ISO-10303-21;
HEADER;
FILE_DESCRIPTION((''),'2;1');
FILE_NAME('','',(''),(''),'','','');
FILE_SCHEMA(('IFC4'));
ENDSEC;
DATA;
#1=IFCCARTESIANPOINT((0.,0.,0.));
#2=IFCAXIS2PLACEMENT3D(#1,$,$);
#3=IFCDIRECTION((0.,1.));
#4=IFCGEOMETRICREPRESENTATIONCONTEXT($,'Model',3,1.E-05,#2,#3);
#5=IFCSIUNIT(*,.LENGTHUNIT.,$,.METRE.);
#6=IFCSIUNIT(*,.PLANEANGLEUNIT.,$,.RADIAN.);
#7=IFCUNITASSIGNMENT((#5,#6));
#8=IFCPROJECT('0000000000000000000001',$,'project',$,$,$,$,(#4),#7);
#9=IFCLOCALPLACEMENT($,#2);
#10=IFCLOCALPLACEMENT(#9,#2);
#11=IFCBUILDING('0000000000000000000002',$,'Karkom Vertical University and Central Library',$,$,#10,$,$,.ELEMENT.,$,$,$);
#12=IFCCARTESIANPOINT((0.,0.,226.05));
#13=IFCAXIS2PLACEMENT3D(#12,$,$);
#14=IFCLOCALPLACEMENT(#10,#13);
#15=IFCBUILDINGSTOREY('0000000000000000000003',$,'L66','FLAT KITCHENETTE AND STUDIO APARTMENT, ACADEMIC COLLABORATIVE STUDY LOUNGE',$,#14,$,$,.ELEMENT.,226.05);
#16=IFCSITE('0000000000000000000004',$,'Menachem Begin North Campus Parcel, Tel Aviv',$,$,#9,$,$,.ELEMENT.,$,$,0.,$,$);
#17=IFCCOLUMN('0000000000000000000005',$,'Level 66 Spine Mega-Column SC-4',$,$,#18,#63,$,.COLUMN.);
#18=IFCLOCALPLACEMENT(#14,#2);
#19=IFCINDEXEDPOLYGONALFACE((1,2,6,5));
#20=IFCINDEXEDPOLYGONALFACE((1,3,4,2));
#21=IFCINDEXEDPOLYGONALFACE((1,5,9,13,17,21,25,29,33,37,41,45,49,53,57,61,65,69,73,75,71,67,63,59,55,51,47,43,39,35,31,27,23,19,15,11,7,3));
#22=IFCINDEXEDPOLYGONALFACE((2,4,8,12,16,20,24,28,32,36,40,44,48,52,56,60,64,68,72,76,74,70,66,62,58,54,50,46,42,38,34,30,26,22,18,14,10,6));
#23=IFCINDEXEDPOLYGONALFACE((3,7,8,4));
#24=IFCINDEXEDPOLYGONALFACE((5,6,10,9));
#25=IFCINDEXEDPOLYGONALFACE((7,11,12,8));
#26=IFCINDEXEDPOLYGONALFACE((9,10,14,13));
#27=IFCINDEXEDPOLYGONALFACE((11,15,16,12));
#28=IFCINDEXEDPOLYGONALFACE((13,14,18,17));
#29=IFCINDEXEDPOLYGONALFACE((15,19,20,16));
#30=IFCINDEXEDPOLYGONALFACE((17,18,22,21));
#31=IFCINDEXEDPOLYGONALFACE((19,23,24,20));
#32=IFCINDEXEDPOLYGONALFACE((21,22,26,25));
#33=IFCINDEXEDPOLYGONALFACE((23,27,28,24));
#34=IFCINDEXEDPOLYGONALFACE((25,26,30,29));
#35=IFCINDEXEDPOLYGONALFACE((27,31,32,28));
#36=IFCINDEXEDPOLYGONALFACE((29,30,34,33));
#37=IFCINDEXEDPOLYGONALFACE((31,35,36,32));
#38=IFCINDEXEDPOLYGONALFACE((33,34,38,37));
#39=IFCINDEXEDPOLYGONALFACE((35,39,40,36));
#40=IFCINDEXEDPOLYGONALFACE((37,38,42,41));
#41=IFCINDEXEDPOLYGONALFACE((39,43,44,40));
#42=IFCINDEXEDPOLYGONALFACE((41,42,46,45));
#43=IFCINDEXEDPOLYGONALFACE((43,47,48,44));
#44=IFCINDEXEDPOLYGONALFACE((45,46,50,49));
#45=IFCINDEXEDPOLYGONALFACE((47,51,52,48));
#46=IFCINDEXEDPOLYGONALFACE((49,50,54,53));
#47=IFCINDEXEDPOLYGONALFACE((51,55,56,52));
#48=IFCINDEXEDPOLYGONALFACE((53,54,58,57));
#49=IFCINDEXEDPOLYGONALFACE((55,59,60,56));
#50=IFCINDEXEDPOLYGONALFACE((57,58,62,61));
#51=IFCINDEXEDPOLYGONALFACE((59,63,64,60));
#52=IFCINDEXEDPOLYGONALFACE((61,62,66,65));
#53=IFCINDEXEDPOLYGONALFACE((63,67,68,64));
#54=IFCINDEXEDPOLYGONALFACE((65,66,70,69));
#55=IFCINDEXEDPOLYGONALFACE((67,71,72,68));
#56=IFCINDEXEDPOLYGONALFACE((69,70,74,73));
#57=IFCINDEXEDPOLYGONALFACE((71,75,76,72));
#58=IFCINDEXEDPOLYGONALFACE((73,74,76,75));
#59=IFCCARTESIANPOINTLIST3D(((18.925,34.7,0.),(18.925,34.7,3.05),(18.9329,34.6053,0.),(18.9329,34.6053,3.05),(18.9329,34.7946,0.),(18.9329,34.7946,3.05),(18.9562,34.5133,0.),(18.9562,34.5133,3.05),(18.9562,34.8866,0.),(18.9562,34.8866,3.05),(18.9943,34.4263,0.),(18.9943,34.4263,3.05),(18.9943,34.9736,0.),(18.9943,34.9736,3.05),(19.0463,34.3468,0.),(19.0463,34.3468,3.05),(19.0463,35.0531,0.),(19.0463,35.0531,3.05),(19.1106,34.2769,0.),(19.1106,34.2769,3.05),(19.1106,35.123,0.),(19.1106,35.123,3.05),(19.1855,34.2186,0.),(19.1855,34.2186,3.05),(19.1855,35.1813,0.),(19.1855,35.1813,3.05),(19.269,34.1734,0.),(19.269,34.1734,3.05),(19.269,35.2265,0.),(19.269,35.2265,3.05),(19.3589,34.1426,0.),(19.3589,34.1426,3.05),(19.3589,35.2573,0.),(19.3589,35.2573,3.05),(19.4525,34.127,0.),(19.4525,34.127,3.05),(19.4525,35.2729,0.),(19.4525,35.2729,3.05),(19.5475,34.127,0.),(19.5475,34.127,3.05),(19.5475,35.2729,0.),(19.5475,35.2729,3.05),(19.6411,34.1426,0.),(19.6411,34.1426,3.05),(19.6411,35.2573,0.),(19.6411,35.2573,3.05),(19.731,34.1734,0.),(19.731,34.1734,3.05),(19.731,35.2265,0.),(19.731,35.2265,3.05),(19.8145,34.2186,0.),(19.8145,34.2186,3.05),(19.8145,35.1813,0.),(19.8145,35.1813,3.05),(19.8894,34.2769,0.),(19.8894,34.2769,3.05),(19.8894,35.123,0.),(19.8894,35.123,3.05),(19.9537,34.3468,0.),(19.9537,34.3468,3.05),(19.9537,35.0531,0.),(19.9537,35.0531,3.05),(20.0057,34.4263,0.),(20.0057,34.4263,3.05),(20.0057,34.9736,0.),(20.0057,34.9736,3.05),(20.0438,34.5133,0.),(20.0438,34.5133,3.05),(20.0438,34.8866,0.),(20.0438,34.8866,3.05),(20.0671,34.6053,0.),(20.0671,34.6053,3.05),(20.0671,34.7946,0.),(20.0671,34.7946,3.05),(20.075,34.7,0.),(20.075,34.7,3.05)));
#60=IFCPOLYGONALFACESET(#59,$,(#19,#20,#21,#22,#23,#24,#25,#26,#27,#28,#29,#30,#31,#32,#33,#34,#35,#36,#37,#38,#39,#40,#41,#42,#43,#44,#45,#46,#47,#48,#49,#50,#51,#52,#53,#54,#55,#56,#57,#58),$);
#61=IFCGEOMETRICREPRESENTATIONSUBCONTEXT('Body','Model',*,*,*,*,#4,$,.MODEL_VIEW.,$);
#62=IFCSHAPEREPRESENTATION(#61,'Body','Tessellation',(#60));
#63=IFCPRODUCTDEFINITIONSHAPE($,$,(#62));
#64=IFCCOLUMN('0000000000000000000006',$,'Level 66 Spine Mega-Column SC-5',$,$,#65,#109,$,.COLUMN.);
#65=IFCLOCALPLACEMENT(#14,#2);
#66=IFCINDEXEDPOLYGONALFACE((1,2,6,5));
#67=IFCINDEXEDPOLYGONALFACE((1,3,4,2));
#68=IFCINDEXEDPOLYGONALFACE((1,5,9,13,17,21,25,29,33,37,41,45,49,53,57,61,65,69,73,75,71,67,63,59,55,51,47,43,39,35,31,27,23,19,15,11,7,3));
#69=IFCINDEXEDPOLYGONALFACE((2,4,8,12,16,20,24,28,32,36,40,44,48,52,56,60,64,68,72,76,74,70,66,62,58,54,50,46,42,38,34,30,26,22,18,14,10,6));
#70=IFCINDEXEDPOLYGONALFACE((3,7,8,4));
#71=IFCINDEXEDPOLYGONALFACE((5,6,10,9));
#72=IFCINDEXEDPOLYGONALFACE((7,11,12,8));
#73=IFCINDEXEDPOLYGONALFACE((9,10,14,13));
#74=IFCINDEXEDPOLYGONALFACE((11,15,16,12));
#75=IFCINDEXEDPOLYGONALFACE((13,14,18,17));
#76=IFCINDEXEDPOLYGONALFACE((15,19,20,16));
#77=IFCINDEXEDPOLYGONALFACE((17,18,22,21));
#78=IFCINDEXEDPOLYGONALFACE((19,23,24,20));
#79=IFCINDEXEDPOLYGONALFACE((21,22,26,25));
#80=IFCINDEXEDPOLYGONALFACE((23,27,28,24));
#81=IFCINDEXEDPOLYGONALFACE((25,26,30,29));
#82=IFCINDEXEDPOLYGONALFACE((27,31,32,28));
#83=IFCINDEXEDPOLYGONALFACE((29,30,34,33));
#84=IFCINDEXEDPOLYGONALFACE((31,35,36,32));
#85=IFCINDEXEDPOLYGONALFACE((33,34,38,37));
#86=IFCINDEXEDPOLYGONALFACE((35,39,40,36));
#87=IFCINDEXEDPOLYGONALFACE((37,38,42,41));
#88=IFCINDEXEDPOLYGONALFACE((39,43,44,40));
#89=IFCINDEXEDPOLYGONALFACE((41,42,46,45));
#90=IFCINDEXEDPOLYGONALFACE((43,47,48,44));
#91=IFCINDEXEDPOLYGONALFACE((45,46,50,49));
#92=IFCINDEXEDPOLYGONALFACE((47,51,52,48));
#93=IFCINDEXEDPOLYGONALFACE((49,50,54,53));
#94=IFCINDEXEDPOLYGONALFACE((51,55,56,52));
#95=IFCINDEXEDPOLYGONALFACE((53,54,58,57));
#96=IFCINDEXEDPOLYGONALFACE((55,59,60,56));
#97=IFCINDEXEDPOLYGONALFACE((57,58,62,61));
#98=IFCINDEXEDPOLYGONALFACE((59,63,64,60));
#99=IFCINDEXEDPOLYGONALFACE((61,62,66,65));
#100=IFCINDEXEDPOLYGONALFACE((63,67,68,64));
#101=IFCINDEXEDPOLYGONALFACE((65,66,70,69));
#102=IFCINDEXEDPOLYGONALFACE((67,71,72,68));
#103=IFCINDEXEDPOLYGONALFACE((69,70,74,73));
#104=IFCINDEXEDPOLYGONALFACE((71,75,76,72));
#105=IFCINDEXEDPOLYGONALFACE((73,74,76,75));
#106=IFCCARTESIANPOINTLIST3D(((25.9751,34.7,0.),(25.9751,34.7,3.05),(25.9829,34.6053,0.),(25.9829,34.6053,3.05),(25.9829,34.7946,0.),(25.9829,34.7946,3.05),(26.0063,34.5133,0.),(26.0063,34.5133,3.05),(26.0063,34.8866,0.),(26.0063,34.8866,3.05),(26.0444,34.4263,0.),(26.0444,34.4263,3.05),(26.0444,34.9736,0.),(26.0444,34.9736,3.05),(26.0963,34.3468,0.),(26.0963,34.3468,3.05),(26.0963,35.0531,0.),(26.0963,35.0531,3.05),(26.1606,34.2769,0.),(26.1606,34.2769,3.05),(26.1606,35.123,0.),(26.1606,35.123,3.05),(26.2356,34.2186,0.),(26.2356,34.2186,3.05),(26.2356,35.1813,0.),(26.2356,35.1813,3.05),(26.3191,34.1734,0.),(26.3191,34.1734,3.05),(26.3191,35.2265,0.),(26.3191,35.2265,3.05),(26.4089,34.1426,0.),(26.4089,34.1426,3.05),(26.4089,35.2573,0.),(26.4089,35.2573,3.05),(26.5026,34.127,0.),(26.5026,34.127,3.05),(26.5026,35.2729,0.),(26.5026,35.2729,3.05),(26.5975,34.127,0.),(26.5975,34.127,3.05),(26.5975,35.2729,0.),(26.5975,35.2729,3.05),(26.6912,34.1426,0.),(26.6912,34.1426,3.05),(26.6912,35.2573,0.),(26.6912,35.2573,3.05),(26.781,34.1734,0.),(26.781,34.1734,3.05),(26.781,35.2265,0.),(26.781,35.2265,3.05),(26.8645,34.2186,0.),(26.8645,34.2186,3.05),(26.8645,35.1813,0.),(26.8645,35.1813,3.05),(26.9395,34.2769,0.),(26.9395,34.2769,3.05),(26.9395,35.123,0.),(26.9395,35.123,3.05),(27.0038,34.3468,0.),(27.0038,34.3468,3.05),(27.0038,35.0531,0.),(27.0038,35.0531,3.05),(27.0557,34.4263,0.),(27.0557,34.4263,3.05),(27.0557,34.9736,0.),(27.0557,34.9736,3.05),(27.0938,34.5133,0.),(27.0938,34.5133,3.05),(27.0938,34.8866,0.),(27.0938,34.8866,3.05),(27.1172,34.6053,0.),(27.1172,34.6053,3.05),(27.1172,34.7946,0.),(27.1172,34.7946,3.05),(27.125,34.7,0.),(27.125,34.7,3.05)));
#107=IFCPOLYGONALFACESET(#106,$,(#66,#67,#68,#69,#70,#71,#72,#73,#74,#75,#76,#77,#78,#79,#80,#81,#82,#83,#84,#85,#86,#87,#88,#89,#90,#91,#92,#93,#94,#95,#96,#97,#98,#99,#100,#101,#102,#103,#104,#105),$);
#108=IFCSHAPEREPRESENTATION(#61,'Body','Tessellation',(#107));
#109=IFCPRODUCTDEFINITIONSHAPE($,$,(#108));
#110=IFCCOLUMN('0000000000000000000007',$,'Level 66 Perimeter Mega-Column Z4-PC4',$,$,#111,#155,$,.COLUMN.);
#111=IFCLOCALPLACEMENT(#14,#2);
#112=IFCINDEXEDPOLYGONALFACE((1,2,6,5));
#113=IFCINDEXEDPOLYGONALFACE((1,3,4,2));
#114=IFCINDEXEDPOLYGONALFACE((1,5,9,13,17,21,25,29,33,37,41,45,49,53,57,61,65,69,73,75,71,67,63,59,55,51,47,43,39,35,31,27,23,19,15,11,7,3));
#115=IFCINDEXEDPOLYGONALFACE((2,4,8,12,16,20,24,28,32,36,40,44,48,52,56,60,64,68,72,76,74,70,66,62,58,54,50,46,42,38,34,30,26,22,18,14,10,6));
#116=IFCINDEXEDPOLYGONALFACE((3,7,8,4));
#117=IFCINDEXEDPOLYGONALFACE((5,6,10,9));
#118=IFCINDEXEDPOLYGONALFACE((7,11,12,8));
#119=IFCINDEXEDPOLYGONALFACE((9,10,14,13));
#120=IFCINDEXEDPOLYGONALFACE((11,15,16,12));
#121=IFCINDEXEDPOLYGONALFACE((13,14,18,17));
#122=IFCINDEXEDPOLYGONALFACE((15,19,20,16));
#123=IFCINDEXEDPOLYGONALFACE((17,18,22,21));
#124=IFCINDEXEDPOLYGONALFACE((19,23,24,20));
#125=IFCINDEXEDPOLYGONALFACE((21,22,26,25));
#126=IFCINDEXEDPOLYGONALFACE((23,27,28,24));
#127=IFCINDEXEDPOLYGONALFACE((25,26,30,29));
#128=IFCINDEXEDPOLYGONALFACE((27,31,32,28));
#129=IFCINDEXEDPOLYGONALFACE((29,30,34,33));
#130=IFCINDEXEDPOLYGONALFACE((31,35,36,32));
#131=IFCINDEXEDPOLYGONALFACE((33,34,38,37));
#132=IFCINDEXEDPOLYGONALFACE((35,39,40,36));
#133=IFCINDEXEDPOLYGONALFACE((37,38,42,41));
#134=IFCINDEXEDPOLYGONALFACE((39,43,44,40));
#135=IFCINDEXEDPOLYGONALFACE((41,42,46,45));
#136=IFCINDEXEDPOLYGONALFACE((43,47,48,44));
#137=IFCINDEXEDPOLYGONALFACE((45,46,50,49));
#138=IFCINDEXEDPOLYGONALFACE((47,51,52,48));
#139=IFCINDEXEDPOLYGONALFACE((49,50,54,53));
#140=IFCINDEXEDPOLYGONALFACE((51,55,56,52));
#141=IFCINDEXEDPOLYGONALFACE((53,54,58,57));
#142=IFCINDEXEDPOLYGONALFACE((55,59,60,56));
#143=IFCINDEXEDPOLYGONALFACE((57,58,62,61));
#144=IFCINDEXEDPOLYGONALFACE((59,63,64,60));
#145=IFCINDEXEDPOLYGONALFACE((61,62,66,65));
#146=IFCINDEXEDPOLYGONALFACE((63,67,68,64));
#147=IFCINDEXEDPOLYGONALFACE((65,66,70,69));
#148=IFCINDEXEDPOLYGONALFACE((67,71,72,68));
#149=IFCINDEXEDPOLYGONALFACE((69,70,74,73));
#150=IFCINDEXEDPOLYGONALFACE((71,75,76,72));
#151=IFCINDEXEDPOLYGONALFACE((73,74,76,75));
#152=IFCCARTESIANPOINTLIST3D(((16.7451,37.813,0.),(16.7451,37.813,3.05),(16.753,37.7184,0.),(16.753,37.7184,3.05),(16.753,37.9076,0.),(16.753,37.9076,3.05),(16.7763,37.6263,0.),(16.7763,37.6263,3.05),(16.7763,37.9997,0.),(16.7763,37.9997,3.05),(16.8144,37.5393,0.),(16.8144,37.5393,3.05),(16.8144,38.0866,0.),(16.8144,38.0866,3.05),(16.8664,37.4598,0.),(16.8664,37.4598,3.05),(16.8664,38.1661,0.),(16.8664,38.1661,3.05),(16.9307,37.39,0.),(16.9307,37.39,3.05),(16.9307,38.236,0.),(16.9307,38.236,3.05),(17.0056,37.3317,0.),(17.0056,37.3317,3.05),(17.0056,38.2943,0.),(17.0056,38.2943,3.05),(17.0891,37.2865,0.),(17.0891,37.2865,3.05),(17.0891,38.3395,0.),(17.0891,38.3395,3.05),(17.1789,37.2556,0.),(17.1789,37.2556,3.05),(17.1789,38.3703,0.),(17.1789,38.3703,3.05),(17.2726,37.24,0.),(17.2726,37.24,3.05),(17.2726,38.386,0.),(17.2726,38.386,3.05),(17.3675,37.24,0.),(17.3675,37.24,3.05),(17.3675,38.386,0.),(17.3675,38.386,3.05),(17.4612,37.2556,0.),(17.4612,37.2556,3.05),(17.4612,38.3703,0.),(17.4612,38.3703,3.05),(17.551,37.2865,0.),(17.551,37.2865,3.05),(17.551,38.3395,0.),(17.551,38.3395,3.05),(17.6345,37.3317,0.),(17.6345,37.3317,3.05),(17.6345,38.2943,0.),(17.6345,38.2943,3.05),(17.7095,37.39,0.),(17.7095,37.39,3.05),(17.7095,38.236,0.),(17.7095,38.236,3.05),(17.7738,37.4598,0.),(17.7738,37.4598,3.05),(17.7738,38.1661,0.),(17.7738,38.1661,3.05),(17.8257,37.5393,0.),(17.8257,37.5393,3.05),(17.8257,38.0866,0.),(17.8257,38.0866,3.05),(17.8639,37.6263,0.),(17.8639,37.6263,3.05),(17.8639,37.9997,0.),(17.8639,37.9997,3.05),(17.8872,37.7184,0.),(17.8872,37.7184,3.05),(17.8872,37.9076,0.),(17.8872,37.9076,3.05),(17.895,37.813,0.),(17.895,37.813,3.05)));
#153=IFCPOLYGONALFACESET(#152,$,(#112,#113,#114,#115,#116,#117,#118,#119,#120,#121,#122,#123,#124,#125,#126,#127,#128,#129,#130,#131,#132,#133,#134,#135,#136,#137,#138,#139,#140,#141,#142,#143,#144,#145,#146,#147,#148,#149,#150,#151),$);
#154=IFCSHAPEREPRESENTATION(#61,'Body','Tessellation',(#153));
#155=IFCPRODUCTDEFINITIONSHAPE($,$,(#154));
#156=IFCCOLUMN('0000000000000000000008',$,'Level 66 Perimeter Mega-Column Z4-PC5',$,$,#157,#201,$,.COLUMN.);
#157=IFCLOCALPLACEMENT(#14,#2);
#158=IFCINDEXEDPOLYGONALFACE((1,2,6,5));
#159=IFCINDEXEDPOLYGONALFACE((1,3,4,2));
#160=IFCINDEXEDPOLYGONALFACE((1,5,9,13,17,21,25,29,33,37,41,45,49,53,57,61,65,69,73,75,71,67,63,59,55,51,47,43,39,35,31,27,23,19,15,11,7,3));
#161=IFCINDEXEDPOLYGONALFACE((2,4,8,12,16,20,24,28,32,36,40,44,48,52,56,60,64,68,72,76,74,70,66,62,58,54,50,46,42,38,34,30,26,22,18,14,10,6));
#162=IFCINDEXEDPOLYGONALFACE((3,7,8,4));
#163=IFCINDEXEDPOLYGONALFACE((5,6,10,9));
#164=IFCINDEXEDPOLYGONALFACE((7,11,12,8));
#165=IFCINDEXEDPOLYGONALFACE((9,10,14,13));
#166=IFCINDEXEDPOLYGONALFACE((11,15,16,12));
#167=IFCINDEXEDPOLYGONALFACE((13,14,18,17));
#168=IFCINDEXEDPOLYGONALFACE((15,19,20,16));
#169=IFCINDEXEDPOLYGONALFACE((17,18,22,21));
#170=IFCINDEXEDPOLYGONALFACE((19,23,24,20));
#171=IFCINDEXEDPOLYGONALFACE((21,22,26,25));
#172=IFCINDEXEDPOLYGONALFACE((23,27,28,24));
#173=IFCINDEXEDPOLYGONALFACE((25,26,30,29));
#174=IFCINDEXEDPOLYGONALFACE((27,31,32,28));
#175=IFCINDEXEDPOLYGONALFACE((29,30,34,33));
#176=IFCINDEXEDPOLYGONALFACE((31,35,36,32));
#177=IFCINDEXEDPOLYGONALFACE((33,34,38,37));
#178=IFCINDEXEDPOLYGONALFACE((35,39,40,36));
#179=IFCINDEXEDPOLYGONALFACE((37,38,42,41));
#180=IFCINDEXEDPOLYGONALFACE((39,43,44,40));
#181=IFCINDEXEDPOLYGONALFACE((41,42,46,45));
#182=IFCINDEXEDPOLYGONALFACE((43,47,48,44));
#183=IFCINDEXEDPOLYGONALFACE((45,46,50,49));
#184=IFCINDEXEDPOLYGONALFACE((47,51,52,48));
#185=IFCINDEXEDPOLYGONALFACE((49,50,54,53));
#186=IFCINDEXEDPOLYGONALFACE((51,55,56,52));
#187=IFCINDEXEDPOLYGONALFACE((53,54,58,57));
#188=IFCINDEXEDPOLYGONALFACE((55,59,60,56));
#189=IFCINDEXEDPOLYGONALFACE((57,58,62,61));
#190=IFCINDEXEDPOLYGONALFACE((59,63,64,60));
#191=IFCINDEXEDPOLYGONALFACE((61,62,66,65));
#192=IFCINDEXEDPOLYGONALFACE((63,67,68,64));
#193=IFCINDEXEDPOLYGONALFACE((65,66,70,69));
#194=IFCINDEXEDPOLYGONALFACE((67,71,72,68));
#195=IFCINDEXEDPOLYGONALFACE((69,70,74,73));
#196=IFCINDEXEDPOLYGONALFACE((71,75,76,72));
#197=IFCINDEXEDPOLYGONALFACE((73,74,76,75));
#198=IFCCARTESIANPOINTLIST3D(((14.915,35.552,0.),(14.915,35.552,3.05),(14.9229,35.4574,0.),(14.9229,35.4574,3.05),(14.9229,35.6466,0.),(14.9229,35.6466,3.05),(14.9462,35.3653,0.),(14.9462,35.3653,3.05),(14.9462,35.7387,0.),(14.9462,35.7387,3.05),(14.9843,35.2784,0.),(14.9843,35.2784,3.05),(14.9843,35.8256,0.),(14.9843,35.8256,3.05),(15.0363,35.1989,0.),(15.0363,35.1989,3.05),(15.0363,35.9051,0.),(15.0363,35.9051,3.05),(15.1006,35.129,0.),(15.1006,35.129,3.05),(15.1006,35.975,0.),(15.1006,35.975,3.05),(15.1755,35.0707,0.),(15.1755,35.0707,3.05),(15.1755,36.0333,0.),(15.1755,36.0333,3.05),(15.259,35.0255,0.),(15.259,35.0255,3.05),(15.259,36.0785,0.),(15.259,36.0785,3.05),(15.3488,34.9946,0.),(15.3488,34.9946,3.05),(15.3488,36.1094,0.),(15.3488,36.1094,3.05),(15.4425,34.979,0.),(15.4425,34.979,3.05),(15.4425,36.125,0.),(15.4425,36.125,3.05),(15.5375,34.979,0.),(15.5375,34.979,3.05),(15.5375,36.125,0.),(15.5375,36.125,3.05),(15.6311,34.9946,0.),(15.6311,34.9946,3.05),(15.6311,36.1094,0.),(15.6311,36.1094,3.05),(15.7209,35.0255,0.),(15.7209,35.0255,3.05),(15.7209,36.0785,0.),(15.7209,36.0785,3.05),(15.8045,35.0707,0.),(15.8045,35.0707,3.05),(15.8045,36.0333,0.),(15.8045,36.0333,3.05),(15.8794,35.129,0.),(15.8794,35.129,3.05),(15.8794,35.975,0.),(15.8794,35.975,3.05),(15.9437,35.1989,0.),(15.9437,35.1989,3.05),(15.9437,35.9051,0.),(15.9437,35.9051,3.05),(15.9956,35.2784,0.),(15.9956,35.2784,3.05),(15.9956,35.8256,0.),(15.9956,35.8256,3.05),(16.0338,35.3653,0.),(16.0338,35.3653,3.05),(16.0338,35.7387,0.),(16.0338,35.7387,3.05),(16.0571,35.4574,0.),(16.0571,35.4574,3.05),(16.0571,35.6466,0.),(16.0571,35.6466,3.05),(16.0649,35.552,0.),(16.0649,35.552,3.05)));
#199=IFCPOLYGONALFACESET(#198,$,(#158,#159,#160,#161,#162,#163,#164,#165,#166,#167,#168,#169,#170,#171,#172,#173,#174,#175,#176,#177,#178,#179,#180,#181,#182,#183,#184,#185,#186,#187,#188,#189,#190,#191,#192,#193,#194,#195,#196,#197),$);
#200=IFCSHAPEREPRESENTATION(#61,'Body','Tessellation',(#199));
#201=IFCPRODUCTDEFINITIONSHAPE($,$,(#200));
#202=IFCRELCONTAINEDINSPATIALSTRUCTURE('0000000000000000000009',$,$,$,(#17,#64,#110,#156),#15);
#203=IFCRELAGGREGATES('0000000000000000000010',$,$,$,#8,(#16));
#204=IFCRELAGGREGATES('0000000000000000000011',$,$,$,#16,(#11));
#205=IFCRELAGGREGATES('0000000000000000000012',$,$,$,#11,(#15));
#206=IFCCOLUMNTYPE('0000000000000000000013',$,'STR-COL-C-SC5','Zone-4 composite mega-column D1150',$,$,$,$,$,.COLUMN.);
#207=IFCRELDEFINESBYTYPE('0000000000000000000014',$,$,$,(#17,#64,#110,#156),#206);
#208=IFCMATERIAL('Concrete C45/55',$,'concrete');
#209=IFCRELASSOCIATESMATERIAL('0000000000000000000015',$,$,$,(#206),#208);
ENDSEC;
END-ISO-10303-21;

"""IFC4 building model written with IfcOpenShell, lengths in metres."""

from ifc_helpers import new_model, si_unit, direction, frame, origin, origin_with_axes, origin_2d, place, context, subcontext, project, spatial, circle, extrude, source, transform, mapped, material, material_profile, profile_set, type_object, element, save


model = new_model("IFC4")

# Units and contexts
model_context = context("Model", 3, precision=1e-05, world=origin(), true_north=direction((0.0, 1.0)))
body_context = subcontext(model_context, "Body", "Model", "MODEL_VIEW")
ifc_project = project(units=[si_unit("LENGTHUNIT", "METRE"), si_unit("PLANEANGLEUNIT", "RADIAN")], contexts=[model_context])

# Site, building, storey
site_placement = place(None, origin())
site = spatial("IfcSite", under=ifc_project, at=site_placement, Name="Menachem Begin North Campus Parcel, Tel Aviv", CompositionType="ELEMENT", RefElevation=0.0)
building_placement = place(site_placement, origin())
building = spatial("IfcBuilding", under=site, at=building_placement, Name="Karkom Vertical University and Central Library", CompositionType="ELEMENT")
storey_placement = place(building_placement, frame((0.0, 0.0, 226.05)))
storey = spatial("IfcBuildingStorey", under=building, at=storey_placement, Name="L66", Description="FLAT KITCHENETTE AND STUDIO APARTMENT, ACADEMIC COLLABORATIVE STUDY LOUNGE", CompositionType="ELEMENT", Elevation=226.05)

# Columns
ifc_material_1 = material(Name="Concrete C45/55", Category="concrete")
ifc_material_profile_1 = material_profile(ifc_material_1, circle(Radius=0.575, at=origin_2d()), Name="CFT-D1150")
ifc_profile_set_1 = profile_set([ifc_material_profile_1], Name="Concrete C45/55")
column_type = type_object("IfcColumnType", Name="STR-COL-C-SC5", Description="Zone-4 composite mega-column D1150", PredefinedType="COLUMN", material=ifc_profile_set_1)
shared_shape_1 = source(origin_with_axes(), body_context, "Body", "SweptSolid", [
    extrude(circle(Radius=0.575, at=origin_2d()), origin(), (0.0, 0.0, 1.0), 3.05),
])
for number, where, z_axis, x_axis, name in (
    (1, (19.5, 34.7, 0.0), (0.0, 0.0, 1.0), (1.0, 0.0, 0.0), "Level 66 Spine Mega-Column SC-4"),
    (2, (26.55, 34.7, 0.0), (0.0, 0.0, 1.0), (1.0, 0.0, 0.0), "Level 66 Spine Mega-Column SC-5"),
    (3, (17.3201, 37.813, 0.0), (0.0, 0.0, 1.0), (1.0, 0.0, 0.0), "Level 66 Perimeter Mega-Column Z4-PC4"),
    (4, (15.49, 35.552, 0.0), (0.0, 0.0, 1.0), (1.0, 0.0, 0.0), "Level 66 Perimeter Mega-Column Z4-PC5"),
):
    element("IfcColumn", number, at=place(storey_placement, frame(where, z_axis=z_axis, x_axis=x_axis)), inside=storey, type_object=column_type, Name=name, PredefinedType="COLUMN", context=body_context, shape_type="MappedRepresentation", body=[
        mapped(shared_shape_1, transform((0.0, 0.0, 0.0), scale=1.0)),
    ])

save(model, "model.ifc")
